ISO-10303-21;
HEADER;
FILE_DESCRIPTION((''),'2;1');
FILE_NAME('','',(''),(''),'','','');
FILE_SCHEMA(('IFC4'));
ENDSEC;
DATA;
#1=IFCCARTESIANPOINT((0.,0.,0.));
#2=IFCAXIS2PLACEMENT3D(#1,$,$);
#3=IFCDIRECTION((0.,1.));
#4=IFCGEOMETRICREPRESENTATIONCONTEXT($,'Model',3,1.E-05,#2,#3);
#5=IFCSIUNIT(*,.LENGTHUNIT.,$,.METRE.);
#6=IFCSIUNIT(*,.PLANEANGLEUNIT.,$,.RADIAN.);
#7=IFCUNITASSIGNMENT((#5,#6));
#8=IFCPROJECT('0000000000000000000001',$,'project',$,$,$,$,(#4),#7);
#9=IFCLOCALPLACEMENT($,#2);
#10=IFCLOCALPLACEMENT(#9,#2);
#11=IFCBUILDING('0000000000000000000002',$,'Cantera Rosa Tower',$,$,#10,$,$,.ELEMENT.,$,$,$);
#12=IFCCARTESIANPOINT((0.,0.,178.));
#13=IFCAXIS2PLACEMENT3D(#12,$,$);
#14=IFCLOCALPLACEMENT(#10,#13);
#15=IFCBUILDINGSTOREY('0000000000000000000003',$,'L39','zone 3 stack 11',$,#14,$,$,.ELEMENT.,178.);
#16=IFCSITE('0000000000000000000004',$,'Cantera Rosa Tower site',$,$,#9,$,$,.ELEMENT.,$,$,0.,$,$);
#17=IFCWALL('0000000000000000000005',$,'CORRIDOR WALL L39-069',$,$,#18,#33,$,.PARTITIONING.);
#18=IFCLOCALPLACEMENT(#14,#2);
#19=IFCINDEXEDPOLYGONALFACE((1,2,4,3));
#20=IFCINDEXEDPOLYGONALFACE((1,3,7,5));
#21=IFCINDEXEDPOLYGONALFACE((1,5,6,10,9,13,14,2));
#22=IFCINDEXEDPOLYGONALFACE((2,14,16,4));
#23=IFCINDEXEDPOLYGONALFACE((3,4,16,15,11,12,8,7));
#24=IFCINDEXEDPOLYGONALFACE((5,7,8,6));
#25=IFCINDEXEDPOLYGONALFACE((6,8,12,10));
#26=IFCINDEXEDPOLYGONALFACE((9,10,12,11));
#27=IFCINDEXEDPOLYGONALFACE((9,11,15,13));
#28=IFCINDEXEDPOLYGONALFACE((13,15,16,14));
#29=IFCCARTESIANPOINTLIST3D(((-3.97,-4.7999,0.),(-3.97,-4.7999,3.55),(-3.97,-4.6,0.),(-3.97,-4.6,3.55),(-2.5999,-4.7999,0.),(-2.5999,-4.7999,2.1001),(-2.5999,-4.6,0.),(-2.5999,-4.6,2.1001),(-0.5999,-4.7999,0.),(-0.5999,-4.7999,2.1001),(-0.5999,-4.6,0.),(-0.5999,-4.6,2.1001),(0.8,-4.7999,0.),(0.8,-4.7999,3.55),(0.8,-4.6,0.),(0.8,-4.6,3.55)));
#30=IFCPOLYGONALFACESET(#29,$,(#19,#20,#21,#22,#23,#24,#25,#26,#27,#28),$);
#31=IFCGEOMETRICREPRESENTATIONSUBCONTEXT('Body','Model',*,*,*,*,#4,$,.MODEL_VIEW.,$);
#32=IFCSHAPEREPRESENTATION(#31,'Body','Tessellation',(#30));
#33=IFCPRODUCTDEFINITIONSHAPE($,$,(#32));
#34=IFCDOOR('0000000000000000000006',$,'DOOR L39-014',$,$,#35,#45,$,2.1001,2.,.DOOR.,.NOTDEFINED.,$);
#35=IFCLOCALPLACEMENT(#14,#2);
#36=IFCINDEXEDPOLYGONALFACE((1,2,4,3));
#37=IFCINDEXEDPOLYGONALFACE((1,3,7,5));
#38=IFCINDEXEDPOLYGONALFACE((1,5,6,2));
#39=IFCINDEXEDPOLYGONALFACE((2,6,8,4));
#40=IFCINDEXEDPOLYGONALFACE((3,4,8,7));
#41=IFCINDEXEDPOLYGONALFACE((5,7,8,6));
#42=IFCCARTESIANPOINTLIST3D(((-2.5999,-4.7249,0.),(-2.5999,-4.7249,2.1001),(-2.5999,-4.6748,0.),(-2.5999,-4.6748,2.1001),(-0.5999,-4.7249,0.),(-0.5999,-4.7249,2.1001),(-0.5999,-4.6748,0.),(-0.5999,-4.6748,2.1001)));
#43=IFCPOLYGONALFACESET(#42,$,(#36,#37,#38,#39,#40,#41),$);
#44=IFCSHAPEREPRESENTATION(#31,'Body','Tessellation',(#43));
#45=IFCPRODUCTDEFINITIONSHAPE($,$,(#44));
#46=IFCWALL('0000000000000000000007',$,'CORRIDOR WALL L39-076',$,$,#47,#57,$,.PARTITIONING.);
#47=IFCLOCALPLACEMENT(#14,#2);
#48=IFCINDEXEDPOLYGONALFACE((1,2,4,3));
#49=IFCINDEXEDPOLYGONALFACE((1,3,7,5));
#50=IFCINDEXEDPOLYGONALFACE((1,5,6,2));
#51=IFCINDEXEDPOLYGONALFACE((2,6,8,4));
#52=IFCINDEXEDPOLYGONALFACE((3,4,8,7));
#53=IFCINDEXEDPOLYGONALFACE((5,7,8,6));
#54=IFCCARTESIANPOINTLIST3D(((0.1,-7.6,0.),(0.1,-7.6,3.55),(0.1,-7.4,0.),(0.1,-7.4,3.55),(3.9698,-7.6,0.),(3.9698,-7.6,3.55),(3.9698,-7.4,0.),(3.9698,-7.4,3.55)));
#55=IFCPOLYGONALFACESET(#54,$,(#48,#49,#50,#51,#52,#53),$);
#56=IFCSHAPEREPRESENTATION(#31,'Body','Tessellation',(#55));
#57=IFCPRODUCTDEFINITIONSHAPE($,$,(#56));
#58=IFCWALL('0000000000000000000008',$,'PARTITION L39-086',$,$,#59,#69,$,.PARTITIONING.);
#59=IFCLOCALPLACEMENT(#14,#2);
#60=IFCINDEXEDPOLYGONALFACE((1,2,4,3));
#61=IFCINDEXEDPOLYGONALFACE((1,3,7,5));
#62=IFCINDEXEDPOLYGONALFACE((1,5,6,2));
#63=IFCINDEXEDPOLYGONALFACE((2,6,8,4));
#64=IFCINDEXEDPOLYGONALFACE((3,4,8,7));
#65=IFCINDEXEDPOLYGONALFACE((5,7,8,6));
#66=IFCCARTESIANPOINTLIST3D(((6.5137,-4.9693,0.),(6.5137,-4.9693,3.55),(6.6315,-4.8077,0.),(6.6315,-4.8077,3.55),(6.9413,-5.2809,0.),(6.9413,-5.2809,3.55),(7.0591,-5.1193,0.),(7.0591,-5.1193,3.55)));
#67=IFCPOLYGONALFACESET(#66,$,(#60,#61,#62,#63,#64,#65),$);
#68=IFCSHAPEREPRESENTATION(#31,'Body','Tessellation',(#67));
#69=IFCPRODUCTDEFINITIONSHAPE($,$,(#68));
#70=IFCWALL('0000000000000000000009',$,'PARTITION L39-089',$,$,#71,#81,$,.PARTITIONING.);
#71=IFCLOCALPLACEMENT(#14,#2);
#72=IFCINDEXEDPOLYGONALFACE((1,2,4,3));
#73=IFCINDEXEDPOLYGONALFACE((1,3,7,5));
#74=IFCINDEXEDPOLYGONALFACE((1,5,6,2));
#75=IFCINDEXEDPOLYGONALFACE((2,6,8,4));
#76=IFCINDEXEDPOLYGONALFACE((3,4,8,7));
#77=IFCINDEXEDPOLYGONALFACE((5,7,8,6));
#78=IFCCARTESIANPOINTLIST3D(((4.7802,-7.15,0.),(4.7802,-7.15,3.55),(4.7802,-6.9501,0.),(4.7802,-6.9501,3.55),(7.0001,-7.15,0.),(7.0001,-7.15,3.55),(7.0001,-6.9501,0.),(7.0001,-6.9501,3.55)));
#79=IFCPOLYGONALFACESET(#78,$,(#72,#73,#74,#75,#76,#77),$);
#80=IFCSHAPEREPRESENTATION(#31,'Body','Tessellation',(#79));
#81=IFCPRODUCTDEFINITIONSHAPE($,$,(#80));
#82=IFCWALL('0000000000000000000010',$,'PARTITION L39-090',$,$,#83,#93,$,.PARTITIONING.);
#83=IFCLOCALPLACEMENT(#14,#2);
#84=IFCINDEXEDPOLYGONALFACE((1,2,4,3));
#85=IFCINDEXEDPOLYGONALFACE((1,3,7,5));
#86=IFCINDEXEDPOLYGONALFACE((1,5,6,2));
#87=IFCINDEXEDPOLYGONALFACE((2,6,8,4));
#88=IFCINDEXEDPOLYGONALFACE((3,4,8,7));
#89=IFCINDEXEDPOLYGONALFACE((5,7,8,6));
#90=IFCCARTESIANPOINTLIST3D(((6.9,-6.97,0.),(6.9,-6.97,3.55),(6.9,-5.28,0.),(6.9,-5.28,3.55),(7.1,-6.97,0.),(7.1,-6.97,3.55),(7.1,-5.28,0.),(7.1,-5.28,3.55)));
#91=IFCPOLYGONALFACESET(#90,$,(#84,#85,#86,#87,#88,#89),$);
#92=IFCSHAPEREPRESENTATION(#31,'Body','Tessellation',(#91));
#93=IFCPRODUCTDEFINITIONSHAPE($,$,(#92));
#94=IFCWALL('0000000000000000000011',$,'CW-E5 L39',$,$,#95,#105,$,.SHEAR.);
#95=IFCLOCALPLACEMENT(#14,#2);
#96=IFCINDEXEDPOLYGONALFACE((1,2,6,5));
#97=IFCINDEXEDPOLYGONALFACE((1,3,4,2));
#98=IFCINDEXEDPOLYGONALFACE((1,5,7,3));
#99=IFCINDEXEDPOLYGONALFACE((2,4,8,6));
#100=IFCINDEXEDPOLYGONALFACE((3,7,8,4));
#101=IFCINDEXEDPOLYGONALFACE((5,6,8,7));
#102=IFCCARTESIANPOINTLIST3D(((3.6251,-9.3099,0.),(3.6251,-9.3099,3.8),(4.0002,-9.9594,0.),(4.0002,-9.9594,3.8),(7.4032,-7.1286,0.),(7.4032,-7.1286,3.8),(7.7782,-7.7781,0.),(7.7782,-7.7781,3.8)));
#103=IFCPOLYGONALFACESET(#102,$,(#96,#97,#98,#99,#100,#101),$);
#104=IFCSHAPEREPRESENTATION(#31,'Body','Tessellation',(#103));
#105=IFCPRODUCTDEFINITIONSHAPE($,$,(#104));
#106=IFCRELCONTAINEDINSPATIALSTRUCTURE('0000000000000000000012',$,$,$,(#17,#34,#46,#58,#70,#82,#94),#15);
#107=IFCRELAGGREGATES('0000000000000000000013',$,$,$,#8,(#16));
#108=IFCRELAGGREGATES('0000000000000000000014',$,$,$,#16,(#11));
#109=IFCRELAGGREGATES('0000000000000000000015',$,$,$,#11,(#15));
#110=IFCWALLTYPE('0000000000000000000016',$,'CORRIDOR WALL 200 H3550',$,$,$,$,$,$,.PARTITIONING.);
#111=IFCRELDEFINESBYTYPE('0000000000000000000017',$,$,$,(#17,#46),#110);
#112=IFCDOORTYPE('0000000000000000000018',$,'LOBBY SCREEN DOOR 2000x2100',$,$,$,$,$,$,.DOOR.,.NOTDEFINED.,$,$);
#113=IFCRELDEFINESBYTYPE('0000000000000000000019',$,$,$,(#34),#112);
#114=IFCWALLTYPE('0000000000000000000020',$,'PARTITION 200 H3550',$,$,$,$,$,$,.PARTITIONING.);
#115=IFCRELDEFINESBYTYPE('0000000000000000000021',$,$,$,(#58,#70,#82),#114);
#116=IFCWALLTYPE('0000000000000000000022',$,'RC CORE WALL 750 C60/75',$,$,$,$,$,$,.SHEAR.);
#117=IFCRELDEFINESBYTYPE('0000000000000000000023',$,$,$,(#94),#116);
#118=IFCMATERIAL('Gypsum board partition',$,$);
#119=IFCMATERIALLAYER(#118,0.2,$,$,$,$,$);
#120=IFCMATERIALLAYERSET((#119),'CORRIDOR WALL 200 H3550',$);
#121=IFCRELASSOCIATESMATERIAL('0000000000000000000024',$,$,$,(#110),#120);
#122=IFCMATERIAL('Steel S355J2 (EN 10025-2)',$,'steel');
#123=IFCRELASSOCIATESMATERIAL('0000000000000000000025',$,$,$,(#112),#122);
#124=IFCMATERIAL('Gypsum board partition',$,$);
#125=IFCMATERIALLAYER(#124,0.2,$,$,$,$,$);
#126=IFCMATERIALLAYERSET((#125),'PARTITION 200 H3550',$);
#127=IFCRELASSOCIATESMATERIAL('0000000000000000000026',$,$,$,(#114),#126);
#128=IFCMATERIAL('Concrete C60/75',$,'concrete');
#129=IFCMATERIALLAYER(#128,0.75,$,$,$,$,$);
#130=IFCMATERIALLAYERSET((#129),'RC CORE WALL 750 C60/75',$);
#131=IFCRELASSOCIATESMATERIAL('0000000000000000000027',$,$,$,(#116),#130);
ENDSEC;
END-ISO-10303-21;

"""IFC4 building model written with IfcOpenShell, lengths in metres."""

from ifc_helpers import new_model, si_unit, direction, frame, frame_2d, origin, place, context, subcontext, project, spatial, rectangle, extrude, material, layer, layer_set, type_object, element, fill, save


model = new_model("IFC4")

# Units and contexts
model_context = context("Model", 3, precision=1e-05, world=origin(), true_north=direction((0.0, 1.0)))
body_context = subcontext(model_context, "Body", "Model", "MODEL_VIEW")
ifc_project = project(units=[si_unit("LENGTHUNIT", "METRE"), si_unit("PLANEANGLEUNIT", "RADIAN")], contexts=[model_context])

# Site, building, storey
site_placement = place(None, origin())
site = spatial("IfcSite", under=ifc_project, at=site_placement, Name="Cantera Rosa Tower site", CompositionType="ELEMENT", RefElevation=0.0)
building_placement = place(site_placement, origin())
building = spatial("IfcBuilding", under=site, at=building_placement, Name="Cantera Rosa Tower", CompositionType="ELEMENT")
storey_placement = place(building_placement, frame((0.0, 0.0, 178.0)))
storey = spatial("IfcBuildingStorey", under=building, at=storey_placement, Name="L39", Description="zone 3 stack 11", CompositionType="ELEMENT", Elevation=178.0)

# Wall, opening, door
ifc_material_1 = material(Name="Gypsum board partition")
ifc_layer_1 = layer(ifc_material_1, 0.2)
ifc_layer_set_1 = layer_set([ifc_layer_1], Name="CORRIDOR WALL 200 H3550")
wall_type_1 = type_object("IfcWallType", Name="CORRIDOR WALL 200 H3550", PredefinedType="PARTITIONING", material=ifc_layer_set_1)
wall_1_placement = place(storey_placement, frame((0.8, -4.7, 0.0), z_axis=(0.0, 0.0, 1.0), x_axis=(-1.0, 0.0, 0.0)))
wall_1 = element("IfcWall", 1, at=wall_1_placement, inside=storey, type_object=wall_type_1, Name="CORRIDOR WALL L39-069", PredefinedType="PARTITIONING", context=body_context, shape_type="SweptSolid", body=[
    extrude(rectangle(XDim=4.77, YDim=0.2, at=frame_2d((2.385, 0.0))), origin(), (0.0, 0.0, 1.0), 3.55),
])
opening_1_placement = place(wall_1_placement, frame((1.3999, 0.0, 0.0)))
opening_1 = element("IfcOpeningElement", 2, at=opening_1_placement, cuts=wall_1, PredefinedType="OPENING", context=body_context, shape_type="SweptSolid", body=[
    extrude(rectangle(XDim=2.0, YDim=2.1001, at=frame_2d((1.0, 1.05))), frame((0.0, 0.1099, 0.0), z_axis=(0.0, -1.0, 0.0), x_axis=(1.0, 0.0, 0.0)), (0.0, 0.0, 1.0), 0.22),
])
ifc_material_2 = material(Name="Steel S355J2 (EN 10025-2)", Category="steel")
door_type_1 = type_object("IfcDoorType", Name="LOBBY SCREEN DOOR 2000x2100", OperationType="NOTDEFINED", PredefinedType="DOOR", material=ifc_material_2)
door_1_placement = place(opening_1_placement, origin())
door_1 = element("IfcDoor", 3, at=door_1_placement, inside=storey, type_object=door_type_1, Name="DOOR L39-014", OperationType="NOTDEFINED", OverallHeight=2.1001, OverallWidth=2.0, PredefinedType="DOOR", context=body_context, shape_type="SweptSolid", body=[
    extrude(rectangle(XDim=2.0, YDim=2.1001, at=frame_2d((1.0, 1.05))), frame((0.0, 0.0249, 0.0), z_axis=(0.0, -1.0, 0.0), x_axis=(1.0, 0.0, 0.0)), (0.0, 0.0, 1.0), 0.05),
])
fill(opening_1, door_1)

# Walls
wall_2_placement = place(storey_placement, frame((3.97, -7.5, 0.0), z_axis=(0.0, 0.0, 1.0), x_axis=(-1.0, 0.0, 0.0)))
element("IfcWall", 4, at=wall_2_placement, inside=storey, type_object=wall_type_1, Name="CORRIDOR WALL L39-076", PredefinedType="PARTITIONING", context=body_context, shape_type="SweptSolid", body=[
    extrude(rectangle(XDim=3.8699, YDim=0.2, at=frame_2d((1.9351, 0.0))), origin(), (0.0, 0.0, 1.0), 3.55),
])
ifc_material_3 = material(Name="Gypsum board partition")
ifc_layer_2 = layer(ifc_material_3, 0.2)
ifc_layer_set_2 = layer_set([ifc_layer_2], Name="PARTITION 200 H3550")
wall_type_2 = type_object("IfcWallType", Name="PARTITION 200 H3550", PredefinedType="PARTITIONING", material=ifc_layer_set_2)
wall_3_placement = place(storey_placement, frame((6.5725, -4.8884, 0.0), z_axis=(0.0, 0.0, 1.0), x_axis=(0.808177, -0.58894, 0.0)))
element("IfcWall", 5, at=wall_3_placement, inside=storey, type_object=wall_type_2, Name="PARTITION L39-086", PredefinedType="PARTITIONING", context=body_context, shape_type="SweptSolid", body=[
    extrude(rectangle(XDim=0.5291, YDim=0.2, at=frame_2d((0.2646, 0.0))), origin(), (0.0, 0.0, 1.0), 3.55),
])
wall_4_placement = place(storey_placement, frame((7.0, -7.05, 0.0), z_axis=(0.0, 0.0, 1.0), x_axis=(-1.0, 0.0, 0.0)))
element("IfcWall", 6, at=wall_4_placement, inside=storey, type_object=wall_type_2, Name="PARTITION L39-089", PredefinedType="PARTITIONING", context=body_context, shape_type="SweptSolid", body=[
    extrude(rectangle(XDim=2.22, YDim=0.2, at=frame_2d((1.1099, 0.0))), origin(), (0.0, 0.0, 1.0), 3.55),
])
wall_5_placement = place(storey_placement, frame((7.0, -5.28, 0.0), z_axis=(0.0, 0.0, 1.0), x_axis=(0.0, -1.0, 0.0)))
element("IfcWall", 7, at=wall_5_placement, inside=storey, type_object=wall_type_2, Name="PARTITION L39-090", PredefinedType="PARTITIONING", context=body_context, shape_type="SweptSolid", body=[
    extrude(rectangle(XDim=1.6899, YDim=0.2, at=frame_2d((0.845, 0.0))), origin(), (0.0, 0.0, 1.0), 3.55),
])
ifc_material_4 = material(Name="Concrete C60/75", Category="concrete")
ifc_layer_3 = layer(ifc_material_4, 0.75)
ifc_layer_set_3 = layer_set([ifc_layer_3], Name="RC CORE WALL 750 C60/75")
wall_type_3 = type_object("IfcWallType", Name="RC CORE WALL 750 C60/75", PredefinedType="SHEAR", material=ifc_layer_set_3)
wall_6_placement = place(storey_placement, frame((7.5906, -7.4534, 0.0), z_axis=(0.0, 0.0, 1.0), x_axis=(-0.866013, -0.500021, 0.0)))
element("IfcWall", 8, at=wall_6_placement, inside=storey, type_object=wall_type_3, Name="CW-E5 L39", PredefinedType="SHEAR", context=body_context, shape_type="SweptSolid", body=[
    extrude(rectangle(XDim=4.3625, YDim=0.75, at=frame_2d((2.1812, 0.0))), origin(), (0.0, 0.0, 1.0), 3.8),
])

save(model, "model.ifc")
